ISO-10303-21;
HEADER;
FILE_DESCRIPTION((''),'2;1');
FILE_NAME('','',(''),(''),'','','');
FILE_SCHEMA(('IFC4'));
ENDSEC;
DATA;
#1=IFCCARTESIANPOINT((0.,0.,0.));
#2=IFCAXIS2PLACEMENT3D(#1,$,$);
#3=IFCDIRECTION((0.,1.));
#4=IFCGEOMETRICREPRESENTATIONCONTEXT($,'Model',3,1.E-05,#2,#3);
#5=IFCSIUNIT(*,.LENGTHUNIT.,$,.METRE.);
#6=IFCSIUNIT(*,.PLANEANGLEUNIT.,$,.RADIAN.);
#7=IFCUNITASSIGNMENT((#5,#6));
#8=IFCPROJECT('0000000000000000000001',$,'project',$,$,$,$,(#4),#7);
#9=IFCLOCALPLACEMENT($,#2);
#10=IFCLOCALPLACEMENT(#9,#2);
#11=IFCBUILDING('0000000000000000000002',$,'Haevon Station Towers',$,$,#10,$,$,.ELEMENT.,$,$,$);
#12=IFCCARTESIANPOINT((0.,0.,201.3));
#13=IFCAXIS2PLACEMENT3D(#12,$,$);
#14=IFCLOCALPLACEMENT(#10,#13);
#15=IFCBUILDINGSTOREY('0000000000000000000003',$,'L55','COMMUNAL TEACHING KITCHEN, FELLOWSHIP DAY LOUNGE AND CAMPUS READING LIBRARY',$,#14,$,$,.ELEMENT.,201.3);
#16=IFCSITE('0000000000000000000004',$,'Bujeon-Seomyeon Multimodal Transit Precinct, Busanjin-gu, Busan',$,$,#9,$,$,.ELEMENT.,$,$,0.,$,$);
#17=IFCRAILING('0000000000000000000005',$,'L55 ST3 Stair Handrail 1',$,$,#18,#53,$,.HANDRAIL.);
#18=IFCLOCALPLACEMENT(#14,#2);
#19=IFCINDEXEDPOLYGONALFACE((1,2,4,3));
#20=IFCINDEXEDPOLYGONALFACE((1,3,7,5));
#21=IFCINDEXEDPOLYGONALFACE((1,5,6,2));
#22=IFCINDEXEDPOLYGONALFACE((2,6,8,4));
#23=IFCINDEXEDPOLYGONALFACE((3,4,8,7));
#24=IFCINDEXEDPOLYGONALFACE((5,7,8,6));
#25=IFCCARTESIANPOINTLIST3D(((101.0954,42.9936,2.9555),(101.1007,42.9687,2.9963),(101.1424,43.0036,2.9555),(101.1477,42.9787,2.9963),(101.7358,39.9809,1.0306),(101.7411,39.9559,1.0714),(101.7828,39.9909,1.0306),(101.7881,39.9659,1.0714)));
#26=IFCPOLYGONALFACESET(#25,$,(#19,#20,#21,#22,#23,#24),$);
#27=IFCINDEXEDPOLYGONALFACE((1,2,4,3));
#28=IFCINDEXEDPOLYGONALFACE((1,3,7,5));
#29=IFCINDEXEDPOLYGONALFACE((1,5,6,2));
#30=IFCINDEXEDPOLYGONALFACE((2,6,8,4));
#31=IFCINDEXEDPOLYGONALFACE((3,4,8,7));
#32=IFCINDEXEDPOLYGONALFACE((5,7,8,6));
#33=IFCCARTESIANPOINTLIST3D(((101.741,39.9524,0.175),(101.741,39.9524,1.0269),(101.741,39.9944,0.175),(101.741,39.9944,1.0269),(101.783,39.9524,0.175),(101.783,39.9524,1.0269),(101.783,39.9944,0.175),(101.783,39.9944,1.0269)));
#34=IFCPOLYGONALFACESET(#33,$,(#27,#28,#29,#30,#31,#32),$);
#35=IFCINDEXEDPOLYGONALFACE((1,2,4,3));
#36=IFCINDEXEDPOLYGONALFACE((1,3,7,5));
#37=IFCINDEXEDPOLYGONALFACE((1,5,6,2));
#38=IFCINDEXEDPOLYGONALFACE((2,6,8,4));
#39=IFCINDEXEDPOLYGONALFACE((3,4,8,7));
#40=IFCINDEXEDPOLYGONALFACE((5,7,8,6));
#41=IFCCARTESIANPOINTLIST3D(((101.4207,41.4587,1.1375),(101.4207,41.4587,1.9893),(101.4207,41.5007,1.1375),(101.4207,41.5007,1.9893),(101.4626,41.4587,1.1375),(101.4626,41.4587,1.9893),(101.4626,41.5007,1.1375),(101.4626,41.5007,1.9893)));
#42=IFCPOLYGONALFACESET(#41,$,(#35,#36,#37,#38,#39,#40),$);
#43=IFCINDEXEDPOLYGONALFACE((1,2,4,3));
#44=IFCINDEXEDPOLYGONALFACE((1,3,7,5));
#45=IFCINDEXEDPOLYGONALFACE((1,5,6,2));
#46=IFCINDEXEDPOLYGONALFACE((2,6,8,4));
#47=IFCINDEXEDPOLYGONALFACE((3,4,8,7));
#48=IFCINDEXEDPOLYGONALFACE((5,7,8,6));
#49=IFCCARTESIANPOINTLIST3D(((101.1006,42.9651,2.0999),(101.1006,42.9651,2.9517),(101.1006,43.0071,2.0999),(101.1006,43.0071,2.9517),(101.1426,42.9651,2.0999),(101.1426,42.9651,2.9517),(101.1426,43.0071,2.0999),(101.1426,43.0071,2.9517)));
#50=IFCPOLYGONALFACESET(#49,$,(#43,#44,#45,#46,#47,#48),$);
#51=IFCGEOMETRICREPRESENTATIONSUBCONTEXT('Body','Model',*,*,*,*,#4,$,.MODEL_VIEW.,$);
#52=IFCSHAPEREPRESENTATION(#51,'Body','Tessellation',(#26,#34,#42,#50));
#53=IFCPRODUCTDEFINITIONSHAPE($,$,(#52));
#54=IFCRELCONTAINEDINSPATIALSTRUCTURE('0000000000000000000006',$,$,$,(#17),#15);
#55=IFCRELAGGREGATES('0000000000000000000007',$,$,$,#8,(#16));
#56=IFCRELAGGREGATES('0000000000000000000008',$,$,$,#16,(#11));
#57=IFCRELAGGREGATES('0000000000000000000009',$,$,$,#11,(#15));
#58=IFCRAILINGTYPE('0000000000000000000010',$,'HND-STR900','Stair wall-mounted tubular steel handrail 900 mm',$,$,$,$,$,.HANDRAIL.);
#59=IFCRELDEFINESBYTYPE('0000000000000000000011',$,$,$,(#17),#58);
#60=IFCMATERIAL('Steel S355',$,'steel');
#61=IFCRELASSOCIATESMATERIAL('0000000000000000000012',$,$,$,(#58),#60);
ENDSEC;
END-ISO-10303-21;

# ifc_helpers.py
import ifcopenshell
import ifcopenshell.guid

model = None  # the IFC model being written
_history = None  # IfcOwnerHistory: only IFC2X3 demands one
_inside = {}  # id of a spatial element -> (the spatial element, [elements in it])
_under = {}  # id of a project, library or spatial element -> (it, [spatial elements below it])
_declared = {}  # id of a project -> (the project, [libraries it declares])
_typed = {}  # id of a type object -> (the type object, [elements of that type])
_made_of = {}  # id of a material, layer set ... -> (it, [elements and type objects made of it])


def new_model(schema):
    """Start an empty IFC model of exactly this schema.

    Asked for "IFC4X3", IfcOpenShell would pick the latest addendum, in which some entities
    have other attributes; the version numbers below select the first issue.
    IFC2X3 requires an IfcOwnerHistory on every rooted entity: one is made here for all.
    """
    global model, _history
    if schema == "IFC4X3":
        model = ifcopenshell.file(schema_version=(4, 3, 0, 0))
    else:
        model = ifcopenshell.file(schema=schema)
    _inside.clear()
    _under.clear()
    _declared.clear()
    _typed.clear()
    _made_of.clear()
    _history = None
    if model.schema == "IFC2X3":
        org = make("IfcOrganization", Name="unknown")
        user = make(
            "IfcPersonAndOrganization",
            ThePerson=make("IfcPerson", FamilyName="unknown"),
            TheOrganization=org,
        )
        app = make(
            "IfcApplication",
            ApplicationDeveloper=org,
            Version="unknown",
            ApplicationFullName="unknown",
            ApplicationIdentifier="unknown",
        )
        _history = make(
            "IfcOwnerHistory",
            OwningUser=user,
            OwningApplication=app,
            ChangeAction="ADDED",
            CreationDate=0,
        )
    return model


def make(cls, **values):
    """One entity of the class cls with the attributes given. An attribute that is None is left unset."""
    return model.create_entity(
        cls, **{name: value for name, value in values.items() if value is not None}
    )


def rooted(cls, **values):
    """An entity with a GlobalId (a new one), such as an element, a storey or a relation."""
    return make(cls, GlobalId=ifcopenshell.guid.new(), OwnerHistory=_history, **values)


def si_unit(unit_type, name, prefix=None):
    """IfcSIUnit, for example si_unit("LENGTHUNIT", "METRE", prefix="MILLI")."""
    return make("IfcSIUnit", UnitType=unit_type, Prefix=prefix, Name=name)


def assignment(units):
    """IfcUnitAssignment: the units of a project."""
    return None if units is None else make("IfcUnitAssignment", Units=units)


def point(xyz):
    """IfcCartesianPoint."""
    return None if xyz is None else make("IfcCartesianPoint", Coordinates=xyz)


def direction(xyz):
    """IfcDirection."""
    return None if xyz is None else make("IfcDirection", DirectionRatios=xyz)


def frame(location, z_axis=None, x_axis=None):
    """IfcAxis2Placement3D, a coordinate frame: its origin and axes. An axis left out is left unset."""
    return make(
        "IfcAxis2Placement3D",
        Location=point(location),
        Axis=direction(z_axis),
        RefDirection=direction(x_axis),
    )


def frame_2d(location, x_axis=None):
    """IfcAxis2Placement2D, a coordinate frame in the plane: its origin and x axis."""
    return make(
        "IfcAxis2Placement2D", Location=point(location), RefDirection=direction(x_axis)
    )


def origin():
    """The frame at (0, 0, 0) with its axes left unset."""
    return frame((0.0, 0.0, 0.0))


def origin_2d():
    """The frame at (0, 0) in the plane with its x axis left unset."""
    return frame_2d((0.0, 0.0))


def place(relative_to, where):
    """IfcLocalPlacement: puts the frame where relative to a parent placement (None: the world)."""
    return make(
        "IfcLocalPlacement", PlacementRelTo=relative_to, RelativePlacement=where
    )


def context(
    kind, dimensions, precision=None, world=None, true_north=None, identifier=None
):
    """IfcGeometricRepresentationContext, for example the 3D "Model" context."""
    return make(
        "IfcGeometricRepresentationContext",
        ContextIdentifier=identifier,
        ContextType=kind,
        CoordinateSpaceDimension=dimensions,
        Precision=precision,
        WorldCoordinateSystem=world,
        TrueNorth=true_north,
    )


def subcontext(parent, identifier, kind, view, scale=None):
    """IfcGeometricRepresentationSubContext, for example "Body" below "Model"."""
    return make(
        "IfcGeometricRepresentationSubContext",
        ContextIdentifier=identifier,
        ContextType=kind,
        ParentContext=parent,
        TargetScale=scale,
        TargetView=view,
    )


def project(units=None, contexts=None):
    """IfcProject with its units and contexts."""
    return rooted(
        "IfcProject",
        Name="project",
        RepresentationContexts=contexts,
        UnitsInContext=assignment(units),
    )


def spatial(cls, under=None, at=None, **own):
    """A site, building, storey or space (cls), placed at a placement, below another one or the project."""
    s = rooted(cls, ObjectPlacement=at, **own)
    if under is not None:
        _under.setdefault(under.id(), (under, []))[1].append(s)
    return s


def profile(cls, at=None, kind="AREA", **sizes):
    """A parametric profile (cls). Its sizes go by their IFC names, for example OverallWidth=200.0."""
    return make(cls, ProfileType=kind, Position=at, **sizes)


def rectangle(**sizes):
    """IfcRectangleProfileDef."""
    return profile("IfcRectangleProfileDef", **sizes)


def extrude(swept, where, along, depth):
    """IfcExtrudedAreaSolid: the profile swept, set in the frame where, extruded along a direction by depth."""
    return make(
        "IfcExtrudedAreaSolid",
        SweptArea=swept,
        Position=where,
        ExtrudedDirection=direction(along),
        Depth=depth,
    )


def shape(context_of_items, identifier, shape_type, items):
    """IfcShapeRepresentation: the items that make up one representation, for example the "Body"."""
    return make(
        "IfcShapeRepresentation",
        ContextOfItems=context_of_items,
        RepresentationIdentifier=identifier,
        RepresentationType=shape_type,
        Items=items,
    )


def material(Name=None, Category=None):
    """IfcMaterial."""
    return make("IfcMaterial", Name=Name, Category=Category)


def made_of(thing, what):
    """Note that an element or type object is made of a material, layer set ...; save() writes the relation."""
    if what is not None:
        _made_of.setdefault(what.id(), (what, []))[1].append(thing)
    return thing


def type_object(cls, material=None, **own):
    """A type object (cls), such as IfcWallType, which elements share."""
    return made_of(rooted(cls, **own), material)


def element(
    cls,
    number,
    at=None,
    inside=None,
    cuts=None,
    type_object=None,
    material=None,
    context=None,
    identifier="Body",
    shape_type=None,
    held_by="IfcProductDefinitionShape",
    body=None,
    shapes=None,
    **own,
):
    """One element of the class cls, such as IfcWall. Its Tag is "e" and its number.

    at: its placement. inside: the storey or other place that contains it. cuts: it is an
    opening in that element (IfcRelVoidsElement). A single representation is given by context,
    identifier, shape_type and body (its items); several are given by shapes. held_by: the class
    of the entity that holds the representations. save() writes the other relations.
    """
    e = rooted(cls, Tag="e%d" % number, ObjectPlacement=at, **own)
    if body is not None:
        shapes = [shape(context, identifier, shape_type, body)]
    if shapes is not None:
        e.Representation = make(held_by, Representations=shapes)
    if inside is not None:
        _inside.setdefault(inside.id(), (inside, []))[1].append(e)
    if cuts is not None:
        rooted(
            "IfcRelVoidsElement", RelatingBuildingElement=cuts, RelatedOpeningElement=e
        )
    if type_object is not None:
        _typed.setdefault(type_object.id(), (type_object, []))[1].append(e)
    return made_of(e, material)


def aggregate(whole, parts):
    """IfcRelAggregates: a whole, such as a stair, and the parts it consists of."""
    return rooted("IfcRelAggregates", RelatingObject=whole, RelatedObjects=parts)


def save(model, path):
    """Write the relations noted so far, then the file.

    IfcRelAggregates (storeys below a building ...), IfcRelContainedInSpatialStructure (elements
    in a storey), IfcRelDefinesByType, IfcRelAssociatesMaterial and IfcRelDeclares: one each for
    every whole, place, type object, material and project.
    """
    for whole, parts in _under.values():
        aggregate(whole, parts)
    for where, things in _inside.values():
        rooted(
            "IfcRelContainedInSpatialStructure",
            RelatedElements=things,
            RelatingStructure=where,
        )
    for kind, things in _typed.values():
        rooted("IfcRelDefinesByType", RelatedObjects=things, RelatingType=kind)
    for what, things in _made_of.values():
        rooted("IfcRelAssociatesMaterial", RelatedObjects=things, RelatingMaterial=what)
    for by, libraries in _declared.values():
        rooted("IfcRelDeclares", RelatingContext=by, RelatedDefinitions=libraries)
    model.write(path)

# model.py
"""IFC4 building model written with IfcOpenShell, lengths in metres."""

from ifc_helpers import new_model, si_unit, direction, frame, origin, origin_2d, place, context, subcontext, project, spatial, rectangle, extrude, material, type_object, element, save


model = new_model("IFC4")

# Units and contexts
model_context = context("Model", 3, precision=1e-05, world=origin(), true_north=direction((0.0, 1.0)))
body_context = subcontext(model_context, "Body", "Model", "MODEL_VIEW")
ifc_project = project(units=[si_unit("LENGTHUNIT", "METRE"), si_unit("PLANEANGLEUNIT", "RADIAN")], contexts=[model_context])

# Site, building, storey
site_placement = place(None, origin())
site = spatial("IfcSite", under=ifc_project, at=site_placement, Name="Bujeon-Seomyeon Multimodal Transit Precinct, Busanjin-gu, Busan", CompositionType="ELEMENT", RefElevation=0.0)
building_placement = place(site_placement, origin())
building = spatial("IfcBuilding", under=site, at=building_placement, Name="Haevon Station Towers", CompositionType="ELEMENT")
storey_placement = place(building_placement, frame((0.0, 0.0, 201.3)))
storey = spatial("IfcBuildingStorey", under=building, at=storey_placement, Name="L55", Description="COMMUNAL TEACHING KITCHEN, FELLOWSHIP DAY LOUNGE AND CAMPUS READING LIBRARY", CompositionType="ELEMENT", Elevation=201.3)

# Shared definitions
ifc_material_1 = material(Name="Steel S355", Category="steel")

# Railing
railing_type_1 = type_object("IfcRailingType", Name="HND-STR900", Description="Stair wall-mounted tubular steel handrail 900 mm", PredefinedType="HANDRAIL", material=ifc_material_1)
railing_1_placement = place(storey_placement, frame((101.762, 39.9734, 0.175)))
element("IfcRailing", 1, at=railing_1_placement, inside=storey, type_object=railing_type_1, Name="L55 ST3 Stair Handrail 1", PredefinedType="HANDRAIL", context=body_context, shape_type="SweptSolid", body=[
    extrude(rectangle(XDim=0.0481, YDim=0.0481, at=origin_2d()), frame((0.0, 0.0, 0.876), z_axis=(-0.176317, 0.829491, 0.52996), x_axis=(-0.978147, -0.207916, 0.0)), (0.0, 0.0, 1.0), 3.6321),
    extrude(rectangle(XDim=0.042, YDim=0.042, at=origin_2d()), origin(), (0.0, 0.0, 1.0), 0.8518),
    extrude(rectangle(XDim=0.042, YDim=0.042, at=origin_2d()), frame((-0.3203, 1.5063, 0.9624)), (0.0, 0.0, 1.0), 0.8518),
    extrude(rectangle(XDim=0.042, YDim=0.042, at=origin_2d()), frame((-0.6404, 3.0127, 1.9248)), (0.0, 0.0, 1.0), 0.8518),
])

save(model, "model.ifc")
